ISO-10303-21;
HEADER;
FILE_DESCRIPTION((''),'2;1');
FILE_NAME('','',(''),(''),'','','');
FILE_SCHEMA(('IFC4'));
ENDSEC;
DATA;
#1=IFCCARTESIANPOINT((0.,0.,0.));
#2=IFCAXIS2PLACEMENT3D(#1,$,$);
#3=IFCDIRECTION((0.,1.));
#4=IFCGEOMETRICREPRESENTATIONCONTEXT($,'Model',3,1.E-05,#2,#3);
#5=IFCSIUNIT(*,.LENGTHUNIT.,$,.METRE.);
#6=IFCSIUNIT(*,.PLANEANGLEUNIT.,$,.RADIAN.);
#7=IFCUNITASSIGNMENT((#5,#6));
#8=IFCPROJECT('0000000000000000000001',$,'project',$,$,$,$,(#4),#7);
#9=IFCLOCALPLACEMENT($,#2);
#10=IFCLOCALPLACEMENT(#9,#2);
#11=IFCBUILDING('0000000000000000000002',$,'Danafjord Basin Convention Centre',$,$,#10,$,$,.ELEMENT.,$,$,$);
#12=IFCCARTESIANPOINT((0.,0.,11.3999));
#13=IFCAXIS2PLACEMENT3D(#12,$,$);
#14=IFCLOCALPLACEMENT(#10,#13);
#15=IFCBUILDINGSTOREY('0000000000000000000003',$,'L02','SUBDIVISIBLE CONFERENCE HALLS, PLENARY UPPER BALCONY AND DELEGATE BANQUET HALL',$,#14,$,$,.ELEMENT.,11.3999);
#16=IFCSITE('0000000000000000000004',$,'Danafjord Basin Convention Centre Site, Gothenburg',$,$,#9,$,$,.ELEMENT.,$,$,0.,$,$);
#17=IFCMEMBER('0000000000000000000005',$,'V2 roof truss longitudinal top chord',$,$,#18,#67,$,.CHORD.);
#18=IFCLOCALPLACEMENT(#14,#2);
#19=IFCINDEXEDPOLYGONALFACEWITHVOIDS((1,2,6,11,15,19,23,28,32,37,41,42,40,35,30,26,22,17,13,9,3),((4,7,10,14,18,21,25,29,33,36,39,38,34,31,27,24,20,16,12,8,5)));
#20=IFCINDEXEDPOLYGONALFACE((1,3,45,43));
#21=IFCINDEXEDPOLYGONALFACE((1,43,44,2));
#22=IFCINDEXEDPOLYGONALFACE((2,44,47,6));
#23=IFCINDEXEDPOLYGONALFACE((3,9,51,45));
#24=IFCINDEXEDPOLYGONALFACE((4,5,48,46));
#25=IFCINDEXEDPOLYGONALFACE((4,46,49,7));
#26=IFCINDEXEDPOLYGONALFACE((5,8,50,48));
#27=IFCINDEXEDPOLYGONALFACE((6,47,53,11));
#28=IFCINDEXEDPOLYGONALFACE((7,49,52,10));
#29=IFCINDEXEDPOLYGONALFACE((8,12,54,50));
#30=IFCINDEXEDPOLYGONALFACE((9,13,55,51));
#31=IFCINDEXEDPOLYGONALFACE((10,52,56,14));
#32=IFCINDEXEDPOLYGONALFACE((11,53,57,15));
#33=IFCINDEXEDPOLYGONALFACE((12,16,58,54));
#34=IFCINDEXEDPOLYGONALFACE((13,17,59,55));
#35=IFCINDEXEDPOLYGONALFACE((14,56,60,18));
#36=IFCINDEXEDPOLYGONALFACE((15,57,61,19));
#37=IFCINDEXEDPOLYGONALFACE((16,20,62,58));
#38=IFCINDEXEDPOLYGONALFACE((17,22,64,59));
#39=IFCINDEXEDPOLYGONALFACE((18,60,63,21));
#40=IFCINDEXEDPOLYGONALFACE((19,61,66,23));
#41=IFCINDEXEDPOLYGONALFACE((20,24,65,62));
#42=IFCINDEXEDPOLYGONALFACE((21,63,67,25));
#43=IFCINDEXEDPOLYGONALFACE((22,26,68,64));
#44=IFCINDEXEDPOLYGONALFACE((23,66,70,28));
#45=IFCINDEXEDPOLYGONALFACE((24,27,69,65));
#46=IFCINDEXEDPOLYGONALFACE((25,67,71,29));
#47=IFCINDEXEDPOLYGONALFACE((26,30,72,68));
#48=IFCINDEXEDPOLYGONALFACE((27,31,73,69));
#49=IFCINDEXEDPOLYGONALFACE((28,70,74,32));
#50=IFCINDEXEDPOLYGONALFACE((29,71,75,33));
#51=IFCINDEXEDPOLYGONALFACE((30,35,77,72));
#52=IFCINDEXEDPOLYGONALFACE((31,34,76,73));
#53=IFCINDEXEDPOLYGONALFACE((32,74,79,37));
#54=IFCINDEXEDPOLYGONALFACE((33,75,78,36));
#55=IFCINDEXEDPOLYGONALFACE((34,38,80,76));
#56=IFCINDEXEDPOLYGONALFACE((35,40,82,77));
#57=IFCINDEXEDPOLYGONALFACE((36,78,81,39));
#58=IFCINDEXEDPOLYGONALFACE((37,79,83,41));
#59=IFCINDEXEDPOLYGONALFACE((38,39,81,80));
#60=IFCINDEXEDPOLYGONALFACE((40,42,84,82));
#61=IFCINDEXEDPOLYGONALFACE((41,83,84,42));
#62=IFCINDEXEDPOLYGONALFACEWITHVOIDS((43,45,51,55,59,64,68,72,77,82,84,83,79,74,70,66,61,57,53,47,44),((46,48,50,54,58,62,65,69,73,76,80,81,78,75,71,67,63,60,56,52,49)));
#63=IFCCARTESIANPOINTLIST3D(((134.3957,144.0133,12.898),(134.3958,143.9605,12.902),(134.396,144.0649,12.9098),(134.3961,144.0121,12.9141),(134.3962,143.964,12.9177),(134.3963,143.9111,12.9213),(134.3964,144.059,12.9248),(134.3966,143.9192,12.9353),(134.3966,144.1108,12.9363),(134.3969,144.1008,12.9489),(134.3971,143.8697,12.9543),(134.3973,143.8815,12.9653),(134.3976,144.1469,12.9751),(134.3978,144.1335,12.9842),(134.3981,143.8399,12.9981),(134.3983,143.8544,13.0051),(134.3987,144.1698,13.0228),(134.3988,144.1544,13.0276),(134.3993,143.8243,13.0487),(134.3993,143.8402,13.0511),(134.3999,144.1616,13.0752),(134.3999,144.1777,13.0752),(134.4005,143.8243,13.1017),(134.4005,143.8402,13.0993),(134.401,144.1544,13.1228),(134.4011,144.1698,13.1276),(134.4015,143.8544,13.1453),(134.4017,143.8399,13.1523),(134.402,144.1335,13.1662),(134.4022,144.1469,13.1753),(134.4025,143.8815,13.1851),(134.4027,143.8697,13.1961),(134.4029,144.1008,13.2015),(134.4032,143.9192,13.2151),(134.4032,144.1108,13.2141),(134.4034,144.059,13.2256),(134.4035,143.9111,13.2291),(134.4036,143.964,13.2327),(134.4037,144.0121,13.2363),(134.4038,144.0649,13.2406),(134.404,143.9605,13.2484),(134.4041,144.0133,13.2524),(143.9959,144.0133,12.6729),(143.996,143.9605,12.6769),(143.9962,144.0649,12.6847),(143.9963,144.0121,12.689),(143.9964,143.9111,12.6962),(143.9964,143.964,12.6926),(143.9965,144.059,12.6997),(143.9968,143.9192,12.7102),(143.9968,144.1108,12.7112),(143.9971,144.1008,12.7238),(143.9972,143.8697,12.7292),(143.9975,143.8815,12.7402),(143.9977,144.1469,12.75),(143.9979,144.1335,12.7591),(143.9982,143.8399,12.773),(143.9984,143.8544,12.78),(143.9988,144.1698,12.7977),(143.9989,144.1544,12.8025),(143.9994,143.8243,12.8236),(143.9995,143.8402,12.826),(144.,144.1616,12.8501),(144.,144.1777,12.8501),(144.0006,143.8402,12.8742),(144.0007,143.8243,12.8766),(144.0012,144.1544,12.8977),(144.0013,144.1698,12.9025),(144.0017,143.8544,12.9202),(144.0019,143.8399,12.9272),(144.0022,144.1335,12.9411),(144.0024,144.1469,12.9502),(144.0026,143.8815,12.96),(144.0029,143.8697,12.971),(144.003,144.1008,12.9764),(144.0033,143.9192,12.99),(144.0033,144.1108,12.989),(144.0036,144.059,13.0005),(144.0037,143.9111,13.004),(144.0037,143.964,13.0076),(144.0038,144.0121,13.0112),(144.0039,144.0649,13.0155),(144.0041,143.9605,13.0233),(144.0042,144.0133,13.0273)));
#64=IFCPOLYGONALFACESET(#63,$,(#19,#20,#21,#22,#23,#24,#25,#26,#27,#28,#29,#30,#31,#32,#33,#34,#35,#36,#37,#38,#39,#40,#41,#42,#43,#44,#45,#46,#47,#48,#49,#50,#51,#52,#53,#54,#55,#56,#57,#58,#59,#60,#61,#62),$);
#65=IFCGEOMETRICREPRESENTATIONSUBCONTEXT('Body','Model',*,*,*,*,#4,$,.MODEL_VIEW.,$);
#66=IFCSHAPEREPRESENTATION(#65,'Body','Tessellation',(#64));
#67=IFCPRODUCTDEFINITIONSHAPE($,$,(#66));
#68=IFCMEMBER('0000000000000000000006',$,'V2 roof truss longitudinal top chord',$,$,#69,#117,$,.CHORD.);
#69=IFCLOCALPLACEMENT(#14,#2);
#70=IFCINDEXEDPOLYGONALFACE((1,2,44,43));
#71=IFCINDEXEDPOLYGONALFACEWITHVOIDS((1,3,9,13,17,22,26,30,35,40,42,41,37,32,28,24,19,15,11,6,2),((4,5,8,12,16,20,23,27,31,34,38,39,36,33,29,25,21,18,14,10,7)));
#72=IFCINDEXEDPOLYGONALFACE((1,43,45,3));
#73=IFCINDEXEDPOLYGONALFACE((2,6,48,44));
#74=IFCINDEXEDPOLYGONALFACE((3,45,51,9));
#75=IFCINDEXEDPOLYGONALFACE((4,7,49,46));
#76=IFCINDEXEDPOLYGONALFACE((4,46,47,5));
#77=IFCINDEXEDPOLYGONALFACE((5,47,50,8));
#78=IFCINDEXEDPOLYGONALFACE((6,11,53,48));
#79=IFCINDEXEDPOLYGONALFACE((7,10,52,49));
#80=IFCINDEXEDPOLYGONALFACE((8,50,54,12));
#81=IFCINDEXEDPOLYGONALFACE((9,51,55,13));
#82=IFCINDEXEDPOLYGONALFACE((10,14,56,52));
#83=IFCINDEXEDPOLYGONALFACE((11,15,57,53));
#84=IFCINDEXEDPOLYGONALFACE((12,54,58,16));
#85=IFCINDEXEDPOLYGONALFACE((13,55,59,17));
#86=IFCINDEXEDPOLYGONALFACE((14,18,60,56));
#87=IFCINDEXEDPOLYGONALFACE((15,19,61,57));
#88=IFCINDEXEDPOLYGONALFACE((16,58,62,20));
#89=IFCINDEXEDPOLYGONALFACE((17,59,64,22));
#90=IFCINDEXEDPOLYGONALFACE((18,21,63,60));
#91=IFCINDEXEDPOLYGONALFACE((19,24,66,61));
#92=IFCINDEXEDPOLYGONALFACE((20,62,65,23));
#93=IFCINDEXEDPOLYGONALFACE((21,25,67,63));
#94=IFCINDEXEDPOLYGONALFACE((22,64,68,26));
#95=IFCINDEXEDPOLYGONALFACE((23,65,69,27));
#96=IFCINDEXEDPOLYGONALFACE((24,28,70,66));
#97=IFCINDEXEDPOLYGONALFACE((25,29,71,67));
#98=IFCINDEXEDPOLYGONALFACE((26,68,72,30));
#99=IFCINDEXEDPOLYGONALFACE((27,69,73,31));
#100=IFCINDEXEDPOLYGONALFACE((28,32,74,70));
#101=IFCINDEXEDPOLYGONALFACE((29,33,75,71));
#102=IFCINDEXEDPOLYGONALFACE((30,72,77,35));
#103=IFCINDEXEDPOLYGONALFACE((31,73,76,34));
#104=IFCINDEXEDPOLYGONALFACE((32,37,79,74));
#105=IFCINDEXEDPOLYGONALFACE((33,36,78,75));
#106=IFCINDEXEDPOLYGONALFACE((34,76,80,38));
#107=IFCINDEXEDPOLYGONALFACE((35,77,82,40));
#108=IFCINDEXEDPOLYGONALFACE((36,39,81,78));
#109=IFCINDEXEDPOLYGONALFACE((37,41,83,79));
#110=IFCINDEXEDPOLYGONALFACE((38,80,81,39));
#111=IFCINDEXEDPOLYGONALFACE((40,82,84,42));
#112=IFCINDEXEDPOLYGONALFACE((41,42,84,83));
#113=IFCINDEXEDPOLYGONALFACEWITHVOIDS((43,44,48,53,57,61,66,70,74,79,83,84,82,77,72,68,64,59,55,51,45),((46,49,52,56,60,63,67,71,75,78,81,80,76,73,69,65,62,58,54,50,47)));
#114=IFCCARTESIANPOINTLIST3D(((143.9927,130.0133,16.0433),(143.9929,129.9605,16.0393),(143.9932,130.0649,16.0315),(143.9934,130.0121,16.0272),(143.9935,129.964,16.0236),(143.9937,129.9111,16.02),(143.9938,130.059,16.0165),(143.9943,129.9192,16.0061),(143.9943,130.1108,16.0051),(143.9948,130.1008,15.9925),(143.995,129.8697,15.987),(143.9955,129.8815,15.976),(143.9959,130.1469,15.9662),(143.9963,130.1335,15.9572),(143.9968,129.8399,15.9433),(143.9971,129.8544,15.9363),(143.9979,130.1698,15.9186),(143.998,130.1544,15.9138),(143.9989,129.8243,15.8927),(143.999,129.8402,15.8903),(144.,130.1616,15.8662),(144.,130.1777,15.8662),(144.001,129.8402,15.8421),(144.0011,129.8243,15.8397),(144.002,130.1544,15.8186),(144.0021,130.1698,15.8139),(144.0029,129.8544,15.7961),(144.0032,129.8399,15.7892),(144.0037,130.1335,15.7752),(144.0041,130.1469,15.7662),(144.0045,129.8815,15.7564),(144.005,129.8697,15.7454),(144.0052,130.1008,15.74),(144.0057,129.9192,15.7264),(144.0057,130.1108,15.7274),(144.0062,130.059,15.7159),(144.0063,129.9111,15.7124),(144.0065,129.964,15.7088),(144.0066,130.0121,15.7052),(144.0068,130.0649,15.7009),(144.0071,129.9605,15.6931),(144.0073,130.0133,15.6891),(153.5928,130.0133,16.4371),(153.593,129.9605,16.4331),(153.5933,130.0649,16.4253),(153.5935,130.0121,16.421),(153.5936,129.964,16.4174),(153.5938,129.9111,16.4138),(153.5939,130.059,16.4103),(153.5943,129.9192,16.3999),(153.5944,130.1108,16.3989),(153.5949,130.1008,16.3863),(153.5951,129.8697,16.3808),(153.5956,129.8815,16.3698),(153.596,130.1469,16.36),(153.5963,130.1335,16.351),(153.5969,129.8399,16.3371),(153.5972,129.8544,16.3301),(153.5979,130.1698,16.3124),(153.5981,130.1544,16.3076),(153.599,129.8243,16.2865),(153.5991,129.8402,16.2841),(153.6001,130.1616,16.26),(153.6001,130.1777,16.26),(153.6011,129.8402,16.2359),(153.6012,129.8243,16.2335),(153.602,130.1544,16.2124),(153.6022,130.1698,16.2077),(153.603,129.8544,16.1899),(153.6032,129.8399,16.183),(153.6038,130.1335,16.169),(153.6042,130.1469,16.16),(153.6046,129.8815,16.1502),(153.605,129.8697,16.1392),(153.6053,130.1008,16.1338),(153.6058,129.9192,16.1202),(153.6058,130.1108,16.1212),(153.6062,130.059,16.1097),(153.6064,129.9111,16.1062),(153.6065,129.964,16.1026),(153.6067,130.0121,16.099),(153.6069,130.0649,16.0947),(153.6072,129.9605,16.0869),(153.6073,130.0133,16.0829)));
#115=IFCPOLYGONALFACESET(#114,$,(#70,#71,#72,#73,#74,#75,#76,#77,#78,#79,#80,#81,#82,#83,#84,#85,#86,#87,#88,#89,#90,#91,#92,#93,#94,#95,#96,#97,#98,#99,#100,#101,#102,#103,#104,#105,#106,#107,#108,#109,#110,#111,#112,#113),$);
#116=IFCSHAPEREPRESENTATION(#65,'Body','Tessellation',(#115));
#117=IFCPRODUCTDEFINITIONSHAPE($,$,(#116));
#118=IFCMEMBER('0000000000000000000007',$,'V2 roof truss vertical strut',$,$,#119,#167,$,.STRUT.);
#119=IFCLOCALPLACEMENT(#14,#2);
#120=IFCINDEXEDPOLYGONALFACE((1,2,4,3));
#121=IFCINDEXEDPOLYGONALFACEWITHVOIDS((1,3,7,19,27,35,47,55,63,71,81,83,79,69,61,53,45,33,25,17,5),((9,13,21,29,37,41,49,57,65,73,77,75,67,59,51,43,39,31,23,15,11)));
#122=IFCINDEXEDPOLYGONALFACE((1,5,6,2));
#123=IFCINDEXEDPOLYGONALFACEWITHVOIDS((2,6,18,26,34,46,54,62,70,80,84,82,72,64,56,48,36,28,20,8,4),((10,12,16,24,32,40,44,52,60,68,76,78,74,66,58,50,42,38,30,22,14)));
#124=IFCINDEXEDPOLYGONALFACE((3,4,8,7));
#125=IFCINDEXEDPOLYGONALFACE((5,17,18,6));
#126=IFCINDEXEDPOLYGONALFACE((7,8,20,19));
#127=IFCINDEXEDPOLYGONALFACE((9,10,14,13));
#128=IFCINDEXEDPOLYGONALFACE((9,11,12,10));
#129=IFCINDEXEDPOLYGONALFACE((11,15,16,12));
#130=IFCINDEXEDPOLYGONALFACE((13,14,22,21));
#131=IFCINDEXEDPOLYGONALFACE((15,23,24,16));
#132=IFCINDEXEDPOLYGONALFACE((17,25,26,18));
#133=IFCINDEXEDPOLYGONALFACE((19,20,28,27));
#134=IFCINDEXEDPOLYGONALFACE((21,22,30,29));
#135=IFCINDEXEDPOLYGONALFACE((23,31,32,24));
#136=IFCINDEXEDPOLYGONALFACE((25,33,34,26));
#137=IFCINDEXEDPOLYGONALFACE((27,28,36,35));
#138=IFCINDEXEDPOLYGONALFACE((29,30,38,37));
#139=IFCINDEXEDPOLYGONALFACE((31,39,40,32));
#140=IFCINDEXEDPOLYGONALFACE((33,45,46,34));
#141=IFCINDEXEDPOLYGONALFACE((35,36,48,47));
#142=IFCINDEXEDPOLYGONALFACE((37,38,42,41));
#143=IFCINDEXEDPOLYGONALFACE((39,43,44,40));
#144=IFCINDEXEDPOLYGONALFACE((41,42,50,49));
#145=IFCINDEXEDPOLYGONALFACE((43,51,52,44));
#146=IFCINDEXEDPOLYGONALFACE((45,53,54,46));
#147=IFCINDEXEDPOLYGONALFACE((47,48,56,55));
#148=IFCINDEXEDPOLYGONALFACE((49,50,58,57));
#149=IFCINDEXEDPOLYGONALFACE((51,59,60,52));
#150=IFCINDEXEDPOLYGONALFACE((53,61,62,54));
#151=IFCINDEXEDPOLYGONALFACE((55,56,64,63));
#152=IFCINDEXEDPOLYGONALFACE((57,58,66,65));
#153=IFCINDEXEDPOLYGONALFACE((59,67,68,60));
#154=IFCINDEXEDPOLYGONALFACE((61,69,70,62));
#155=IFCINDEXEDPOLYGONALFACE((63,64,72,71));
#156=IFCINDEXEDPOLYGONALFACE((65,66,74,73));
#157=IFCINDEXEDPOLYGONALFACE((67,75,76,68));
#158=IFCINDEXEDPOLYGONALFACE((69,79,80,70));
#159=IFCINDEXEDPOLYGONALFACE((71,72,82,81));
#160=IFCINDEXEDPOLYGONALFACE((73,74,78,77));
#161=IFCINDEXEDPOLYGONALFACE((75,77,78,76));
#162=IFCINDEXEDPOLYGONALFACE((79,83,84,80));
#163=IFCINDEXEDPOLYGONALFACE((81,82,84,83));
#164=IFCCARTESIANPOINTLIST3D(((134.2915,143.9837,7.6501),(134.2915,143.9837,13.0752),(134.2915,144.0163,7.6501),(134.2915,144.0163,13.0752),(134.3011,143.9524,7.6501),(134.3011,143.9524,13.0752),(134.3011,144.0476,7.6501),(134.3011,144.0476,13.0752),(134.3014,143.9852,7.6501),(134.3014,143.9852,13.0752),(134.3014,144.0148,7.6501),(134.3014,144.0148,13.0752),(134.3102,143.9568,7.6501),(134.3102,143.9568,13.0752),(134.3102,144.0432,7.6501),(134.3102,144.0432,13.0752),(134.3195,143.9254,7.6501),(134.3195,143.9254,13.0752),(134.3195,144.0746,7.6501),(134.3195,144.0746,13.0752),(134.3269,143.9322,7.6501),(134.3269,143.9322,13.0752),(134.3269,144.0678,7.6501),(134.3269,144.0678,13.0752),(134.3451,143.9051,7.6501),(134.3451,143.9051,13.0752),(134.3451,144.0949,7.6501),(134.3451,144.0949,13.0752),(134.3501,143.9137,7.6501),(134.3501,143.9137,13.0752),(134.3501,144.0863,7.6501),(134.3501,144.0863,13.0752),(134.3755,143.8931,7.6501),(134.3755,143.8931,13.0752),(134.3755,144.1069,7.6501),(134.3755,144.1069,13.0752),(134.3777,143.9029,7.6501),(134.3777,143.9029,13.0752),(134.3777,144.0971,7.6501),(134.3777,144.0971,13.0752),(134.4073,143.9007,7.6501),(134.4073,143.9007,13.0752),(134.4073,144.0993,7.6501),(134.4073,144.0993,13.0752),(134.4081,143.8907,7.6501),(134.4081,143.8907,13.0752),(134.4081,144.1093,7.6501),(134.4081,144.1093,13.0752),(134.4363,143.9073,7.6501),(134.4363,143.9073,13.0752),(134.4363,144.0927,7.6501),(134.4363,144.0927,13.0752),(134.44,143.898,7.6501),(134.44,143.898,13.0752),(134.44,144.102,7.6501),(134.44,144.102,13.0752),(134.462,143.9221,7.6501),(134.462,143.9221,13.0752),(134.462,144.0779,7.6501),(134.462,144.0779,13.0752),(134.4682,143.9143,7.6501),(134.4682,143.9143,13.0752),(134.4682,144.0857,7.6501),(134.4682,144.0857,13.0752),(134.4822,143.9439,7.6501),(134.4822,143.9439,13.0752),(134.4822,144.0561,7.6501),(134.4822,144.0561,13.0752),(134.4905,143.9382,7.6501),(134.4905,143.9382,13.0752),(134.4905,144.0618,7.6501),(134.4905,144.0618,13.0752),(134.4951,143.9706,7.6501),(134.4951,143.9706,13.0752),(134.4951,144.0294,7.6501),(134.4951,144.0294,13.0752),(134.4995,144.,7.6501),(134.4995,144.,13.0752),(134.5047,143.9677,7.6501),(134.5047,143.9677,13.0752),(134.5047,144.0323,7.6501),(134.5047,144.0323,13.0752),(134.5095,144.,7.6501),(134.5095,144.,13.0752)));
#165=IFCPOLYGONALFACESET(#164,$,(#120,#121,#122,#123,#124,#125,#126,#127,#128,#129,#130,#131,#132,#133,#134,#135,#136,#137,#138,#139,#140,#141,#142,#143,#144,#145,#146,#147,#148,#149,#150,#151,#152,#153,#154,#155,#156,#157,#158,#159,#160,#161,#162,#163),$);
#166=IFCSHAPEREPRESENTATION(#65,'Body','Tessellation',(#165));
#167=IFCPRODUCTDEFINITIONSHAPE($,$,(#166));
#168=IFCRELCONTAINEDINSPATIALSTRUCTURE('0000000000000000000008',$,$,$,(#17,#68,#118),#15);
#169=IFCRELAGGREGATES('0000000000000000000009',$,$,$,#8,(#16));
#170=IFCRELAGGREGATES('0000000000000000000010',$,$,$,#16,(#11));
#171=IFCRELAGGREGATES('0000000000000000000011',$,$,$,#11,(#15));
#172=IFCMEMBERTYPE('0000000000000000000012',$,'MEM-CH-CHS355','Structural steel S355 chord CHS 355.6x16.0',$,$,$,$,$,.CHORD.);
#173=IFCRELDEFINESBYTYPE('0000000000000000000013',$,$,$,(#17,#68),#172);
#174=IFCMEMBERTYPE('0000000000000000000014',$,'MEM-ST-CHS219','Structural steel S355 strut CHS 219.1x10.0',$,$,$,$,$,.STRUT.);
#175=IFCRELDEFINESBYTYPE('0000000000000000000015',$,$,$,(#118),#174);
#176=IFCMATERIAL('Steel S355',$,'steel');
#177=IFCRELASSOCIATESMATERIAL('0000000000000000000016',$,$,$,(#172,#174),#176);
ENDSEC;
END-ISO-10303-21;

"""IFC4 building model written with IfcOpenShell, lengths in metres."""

from ifc_helpers import new_model, si_unit, direction, frame, origin, origin_2d, place, context, subcontext, project, spatial, hollow_circle, extrude, material, material_profile, profile_set, type_object, element, save


model = new_model("IFC4")

# Units and contexts
model_context = context("Model", 3, precision=1e-05, world=origin(), true_north=direction((0.0, 1.0)))
body_context = subcontext(model_context, "Body", "Model", "MODEL_VIEW")
ifc_project = project(units=[si_unit("LENGTHUNIT", "METRE"), si_unit("PLANEANGLEUNIT", "RADIAN")], contexts=[model_context])

# Site, building, storey
site_placement = place(None, origin())
site = spatial("IfcSite", under=ifc_project, at=site_placement, Name="Danafjord Basin Convention Centre Site, Gothenburg", CompositionType="ELEMENT", RefElevation=0.0)
building_placement = place(site_placement, origin())
building = spatial("IfcBuilding", under=site, at=building_placement, Name="Danafjord Basin Convention Centre", CompositionType="ELEMENT")
storey_placement = place(building_placement, frame((0.0, 0.0, 11.3999)))
storey = spatial("IfcBuildingStorey", under=building, at=storey_placement, Name="L02", Description="SUBDIVISIBLE CONFERENCE HALLS, PLENARY UPPER BALCONY AND DELEGATE BANQUET HALL", CompositionType="ELEMENT", Elevation=11.3999)

# Shared definitions
ifc_material_1 = material(Name="Steel S355", Category="steel")

# Members
ifc_material_profile_1 = material_profile(ifc_material_1, hollow_circle(Radius=0.1777, WallThickness=0.0161, at=origin_2d()), Name="CHS 355.6x16.0")
ifc_profile_set_1 = profile_set([ifc_material_profile_1], Name="Steel S355")
member_type_1 = type_object("IfcMemberType", Name="MEM-CH-CHS355", Description="Structural steel S355 chord CHS 355.6x16.0", PredefinedType="CHORD", material=ifc_profile_set_1)
member_1_placement = place(storey_placement, frame((134.3999, 144.0, 13.0752), z_axis=(0.999725, 0.0, -0.023441), x_axis=(0.0, 1.0, 0.0)))
element("IfcMember", 1, at=member_1_placement, inside=storey, type_object=member_type_1, Name="V2 roof truss longitudinal top chord", PredefinedType="CHORD", context=body_context, shape_type="SweptSolid", body=[
    extrude(hollow_circle(Radius=0.1777, WallThickness=0.0161, at=origin_2d()), origin(), (0.0, 0.0, 1.0), 9.6028),
])
member_2_placement = place(storey_placement, frame((144.0, 130.0, 15.8662), z_axis=(0.99916, 0.0, 0.040986), x_axis=(0.0, 1.0, 0.0)))
element("IfcMember", 2, at=member_2_placement, inside=storey, type_object=member_type_1, Name="V2 roof truss longitudinal top chord", PredefinedType="CHORD", context=body_context, shape_type="SweptSolid", body=[
    extrude(hollow_circle(Radius=0.1777, WallThickness=0.0161, at=origin_2d()), origin(), (0.0, 0.0, 1.0), 9.6082),
])
ifc_material_profile_2 = material_profile(ifc_material_1, hollow_circle(Radius=0.1096, WallThickness=0.01, at=origin_2d()), Name="CHS 219.1x10.0")
ifc_profile_set_2 = profile_set([ifc_material_profile_2], Name="Steel S355")
member_type_2 = type_object("IfcMemberType", Name="MEM-ST-CHS219", Description="Structural steel S355 strut CHS 219.1x10.0", PredefinedType="STRUT", material=ifc_profile_set_2)
member_3_placement = place(storey_placement, frame((134.3999, 144.0, 7.6501), z_axis=(0.0, 0.0, 1.0), x_axis=(1.0, 0.0, 0.0)))
element("IfcMember", 3, at=member_3_placement, inside=storey, type_object=member_type_2, Name="V2 roof truss vertical strut", PredefinedType="STRUT", context=body_context, shape_type="SweptSolid", body=[
    extrude(hollow_circle(Radius=0.1096, WallThickness=0.01, at=origin_2d()), origin(), (0.0, 0.0, 1.0), 5.425),
])

save(model, "model.ifc")
